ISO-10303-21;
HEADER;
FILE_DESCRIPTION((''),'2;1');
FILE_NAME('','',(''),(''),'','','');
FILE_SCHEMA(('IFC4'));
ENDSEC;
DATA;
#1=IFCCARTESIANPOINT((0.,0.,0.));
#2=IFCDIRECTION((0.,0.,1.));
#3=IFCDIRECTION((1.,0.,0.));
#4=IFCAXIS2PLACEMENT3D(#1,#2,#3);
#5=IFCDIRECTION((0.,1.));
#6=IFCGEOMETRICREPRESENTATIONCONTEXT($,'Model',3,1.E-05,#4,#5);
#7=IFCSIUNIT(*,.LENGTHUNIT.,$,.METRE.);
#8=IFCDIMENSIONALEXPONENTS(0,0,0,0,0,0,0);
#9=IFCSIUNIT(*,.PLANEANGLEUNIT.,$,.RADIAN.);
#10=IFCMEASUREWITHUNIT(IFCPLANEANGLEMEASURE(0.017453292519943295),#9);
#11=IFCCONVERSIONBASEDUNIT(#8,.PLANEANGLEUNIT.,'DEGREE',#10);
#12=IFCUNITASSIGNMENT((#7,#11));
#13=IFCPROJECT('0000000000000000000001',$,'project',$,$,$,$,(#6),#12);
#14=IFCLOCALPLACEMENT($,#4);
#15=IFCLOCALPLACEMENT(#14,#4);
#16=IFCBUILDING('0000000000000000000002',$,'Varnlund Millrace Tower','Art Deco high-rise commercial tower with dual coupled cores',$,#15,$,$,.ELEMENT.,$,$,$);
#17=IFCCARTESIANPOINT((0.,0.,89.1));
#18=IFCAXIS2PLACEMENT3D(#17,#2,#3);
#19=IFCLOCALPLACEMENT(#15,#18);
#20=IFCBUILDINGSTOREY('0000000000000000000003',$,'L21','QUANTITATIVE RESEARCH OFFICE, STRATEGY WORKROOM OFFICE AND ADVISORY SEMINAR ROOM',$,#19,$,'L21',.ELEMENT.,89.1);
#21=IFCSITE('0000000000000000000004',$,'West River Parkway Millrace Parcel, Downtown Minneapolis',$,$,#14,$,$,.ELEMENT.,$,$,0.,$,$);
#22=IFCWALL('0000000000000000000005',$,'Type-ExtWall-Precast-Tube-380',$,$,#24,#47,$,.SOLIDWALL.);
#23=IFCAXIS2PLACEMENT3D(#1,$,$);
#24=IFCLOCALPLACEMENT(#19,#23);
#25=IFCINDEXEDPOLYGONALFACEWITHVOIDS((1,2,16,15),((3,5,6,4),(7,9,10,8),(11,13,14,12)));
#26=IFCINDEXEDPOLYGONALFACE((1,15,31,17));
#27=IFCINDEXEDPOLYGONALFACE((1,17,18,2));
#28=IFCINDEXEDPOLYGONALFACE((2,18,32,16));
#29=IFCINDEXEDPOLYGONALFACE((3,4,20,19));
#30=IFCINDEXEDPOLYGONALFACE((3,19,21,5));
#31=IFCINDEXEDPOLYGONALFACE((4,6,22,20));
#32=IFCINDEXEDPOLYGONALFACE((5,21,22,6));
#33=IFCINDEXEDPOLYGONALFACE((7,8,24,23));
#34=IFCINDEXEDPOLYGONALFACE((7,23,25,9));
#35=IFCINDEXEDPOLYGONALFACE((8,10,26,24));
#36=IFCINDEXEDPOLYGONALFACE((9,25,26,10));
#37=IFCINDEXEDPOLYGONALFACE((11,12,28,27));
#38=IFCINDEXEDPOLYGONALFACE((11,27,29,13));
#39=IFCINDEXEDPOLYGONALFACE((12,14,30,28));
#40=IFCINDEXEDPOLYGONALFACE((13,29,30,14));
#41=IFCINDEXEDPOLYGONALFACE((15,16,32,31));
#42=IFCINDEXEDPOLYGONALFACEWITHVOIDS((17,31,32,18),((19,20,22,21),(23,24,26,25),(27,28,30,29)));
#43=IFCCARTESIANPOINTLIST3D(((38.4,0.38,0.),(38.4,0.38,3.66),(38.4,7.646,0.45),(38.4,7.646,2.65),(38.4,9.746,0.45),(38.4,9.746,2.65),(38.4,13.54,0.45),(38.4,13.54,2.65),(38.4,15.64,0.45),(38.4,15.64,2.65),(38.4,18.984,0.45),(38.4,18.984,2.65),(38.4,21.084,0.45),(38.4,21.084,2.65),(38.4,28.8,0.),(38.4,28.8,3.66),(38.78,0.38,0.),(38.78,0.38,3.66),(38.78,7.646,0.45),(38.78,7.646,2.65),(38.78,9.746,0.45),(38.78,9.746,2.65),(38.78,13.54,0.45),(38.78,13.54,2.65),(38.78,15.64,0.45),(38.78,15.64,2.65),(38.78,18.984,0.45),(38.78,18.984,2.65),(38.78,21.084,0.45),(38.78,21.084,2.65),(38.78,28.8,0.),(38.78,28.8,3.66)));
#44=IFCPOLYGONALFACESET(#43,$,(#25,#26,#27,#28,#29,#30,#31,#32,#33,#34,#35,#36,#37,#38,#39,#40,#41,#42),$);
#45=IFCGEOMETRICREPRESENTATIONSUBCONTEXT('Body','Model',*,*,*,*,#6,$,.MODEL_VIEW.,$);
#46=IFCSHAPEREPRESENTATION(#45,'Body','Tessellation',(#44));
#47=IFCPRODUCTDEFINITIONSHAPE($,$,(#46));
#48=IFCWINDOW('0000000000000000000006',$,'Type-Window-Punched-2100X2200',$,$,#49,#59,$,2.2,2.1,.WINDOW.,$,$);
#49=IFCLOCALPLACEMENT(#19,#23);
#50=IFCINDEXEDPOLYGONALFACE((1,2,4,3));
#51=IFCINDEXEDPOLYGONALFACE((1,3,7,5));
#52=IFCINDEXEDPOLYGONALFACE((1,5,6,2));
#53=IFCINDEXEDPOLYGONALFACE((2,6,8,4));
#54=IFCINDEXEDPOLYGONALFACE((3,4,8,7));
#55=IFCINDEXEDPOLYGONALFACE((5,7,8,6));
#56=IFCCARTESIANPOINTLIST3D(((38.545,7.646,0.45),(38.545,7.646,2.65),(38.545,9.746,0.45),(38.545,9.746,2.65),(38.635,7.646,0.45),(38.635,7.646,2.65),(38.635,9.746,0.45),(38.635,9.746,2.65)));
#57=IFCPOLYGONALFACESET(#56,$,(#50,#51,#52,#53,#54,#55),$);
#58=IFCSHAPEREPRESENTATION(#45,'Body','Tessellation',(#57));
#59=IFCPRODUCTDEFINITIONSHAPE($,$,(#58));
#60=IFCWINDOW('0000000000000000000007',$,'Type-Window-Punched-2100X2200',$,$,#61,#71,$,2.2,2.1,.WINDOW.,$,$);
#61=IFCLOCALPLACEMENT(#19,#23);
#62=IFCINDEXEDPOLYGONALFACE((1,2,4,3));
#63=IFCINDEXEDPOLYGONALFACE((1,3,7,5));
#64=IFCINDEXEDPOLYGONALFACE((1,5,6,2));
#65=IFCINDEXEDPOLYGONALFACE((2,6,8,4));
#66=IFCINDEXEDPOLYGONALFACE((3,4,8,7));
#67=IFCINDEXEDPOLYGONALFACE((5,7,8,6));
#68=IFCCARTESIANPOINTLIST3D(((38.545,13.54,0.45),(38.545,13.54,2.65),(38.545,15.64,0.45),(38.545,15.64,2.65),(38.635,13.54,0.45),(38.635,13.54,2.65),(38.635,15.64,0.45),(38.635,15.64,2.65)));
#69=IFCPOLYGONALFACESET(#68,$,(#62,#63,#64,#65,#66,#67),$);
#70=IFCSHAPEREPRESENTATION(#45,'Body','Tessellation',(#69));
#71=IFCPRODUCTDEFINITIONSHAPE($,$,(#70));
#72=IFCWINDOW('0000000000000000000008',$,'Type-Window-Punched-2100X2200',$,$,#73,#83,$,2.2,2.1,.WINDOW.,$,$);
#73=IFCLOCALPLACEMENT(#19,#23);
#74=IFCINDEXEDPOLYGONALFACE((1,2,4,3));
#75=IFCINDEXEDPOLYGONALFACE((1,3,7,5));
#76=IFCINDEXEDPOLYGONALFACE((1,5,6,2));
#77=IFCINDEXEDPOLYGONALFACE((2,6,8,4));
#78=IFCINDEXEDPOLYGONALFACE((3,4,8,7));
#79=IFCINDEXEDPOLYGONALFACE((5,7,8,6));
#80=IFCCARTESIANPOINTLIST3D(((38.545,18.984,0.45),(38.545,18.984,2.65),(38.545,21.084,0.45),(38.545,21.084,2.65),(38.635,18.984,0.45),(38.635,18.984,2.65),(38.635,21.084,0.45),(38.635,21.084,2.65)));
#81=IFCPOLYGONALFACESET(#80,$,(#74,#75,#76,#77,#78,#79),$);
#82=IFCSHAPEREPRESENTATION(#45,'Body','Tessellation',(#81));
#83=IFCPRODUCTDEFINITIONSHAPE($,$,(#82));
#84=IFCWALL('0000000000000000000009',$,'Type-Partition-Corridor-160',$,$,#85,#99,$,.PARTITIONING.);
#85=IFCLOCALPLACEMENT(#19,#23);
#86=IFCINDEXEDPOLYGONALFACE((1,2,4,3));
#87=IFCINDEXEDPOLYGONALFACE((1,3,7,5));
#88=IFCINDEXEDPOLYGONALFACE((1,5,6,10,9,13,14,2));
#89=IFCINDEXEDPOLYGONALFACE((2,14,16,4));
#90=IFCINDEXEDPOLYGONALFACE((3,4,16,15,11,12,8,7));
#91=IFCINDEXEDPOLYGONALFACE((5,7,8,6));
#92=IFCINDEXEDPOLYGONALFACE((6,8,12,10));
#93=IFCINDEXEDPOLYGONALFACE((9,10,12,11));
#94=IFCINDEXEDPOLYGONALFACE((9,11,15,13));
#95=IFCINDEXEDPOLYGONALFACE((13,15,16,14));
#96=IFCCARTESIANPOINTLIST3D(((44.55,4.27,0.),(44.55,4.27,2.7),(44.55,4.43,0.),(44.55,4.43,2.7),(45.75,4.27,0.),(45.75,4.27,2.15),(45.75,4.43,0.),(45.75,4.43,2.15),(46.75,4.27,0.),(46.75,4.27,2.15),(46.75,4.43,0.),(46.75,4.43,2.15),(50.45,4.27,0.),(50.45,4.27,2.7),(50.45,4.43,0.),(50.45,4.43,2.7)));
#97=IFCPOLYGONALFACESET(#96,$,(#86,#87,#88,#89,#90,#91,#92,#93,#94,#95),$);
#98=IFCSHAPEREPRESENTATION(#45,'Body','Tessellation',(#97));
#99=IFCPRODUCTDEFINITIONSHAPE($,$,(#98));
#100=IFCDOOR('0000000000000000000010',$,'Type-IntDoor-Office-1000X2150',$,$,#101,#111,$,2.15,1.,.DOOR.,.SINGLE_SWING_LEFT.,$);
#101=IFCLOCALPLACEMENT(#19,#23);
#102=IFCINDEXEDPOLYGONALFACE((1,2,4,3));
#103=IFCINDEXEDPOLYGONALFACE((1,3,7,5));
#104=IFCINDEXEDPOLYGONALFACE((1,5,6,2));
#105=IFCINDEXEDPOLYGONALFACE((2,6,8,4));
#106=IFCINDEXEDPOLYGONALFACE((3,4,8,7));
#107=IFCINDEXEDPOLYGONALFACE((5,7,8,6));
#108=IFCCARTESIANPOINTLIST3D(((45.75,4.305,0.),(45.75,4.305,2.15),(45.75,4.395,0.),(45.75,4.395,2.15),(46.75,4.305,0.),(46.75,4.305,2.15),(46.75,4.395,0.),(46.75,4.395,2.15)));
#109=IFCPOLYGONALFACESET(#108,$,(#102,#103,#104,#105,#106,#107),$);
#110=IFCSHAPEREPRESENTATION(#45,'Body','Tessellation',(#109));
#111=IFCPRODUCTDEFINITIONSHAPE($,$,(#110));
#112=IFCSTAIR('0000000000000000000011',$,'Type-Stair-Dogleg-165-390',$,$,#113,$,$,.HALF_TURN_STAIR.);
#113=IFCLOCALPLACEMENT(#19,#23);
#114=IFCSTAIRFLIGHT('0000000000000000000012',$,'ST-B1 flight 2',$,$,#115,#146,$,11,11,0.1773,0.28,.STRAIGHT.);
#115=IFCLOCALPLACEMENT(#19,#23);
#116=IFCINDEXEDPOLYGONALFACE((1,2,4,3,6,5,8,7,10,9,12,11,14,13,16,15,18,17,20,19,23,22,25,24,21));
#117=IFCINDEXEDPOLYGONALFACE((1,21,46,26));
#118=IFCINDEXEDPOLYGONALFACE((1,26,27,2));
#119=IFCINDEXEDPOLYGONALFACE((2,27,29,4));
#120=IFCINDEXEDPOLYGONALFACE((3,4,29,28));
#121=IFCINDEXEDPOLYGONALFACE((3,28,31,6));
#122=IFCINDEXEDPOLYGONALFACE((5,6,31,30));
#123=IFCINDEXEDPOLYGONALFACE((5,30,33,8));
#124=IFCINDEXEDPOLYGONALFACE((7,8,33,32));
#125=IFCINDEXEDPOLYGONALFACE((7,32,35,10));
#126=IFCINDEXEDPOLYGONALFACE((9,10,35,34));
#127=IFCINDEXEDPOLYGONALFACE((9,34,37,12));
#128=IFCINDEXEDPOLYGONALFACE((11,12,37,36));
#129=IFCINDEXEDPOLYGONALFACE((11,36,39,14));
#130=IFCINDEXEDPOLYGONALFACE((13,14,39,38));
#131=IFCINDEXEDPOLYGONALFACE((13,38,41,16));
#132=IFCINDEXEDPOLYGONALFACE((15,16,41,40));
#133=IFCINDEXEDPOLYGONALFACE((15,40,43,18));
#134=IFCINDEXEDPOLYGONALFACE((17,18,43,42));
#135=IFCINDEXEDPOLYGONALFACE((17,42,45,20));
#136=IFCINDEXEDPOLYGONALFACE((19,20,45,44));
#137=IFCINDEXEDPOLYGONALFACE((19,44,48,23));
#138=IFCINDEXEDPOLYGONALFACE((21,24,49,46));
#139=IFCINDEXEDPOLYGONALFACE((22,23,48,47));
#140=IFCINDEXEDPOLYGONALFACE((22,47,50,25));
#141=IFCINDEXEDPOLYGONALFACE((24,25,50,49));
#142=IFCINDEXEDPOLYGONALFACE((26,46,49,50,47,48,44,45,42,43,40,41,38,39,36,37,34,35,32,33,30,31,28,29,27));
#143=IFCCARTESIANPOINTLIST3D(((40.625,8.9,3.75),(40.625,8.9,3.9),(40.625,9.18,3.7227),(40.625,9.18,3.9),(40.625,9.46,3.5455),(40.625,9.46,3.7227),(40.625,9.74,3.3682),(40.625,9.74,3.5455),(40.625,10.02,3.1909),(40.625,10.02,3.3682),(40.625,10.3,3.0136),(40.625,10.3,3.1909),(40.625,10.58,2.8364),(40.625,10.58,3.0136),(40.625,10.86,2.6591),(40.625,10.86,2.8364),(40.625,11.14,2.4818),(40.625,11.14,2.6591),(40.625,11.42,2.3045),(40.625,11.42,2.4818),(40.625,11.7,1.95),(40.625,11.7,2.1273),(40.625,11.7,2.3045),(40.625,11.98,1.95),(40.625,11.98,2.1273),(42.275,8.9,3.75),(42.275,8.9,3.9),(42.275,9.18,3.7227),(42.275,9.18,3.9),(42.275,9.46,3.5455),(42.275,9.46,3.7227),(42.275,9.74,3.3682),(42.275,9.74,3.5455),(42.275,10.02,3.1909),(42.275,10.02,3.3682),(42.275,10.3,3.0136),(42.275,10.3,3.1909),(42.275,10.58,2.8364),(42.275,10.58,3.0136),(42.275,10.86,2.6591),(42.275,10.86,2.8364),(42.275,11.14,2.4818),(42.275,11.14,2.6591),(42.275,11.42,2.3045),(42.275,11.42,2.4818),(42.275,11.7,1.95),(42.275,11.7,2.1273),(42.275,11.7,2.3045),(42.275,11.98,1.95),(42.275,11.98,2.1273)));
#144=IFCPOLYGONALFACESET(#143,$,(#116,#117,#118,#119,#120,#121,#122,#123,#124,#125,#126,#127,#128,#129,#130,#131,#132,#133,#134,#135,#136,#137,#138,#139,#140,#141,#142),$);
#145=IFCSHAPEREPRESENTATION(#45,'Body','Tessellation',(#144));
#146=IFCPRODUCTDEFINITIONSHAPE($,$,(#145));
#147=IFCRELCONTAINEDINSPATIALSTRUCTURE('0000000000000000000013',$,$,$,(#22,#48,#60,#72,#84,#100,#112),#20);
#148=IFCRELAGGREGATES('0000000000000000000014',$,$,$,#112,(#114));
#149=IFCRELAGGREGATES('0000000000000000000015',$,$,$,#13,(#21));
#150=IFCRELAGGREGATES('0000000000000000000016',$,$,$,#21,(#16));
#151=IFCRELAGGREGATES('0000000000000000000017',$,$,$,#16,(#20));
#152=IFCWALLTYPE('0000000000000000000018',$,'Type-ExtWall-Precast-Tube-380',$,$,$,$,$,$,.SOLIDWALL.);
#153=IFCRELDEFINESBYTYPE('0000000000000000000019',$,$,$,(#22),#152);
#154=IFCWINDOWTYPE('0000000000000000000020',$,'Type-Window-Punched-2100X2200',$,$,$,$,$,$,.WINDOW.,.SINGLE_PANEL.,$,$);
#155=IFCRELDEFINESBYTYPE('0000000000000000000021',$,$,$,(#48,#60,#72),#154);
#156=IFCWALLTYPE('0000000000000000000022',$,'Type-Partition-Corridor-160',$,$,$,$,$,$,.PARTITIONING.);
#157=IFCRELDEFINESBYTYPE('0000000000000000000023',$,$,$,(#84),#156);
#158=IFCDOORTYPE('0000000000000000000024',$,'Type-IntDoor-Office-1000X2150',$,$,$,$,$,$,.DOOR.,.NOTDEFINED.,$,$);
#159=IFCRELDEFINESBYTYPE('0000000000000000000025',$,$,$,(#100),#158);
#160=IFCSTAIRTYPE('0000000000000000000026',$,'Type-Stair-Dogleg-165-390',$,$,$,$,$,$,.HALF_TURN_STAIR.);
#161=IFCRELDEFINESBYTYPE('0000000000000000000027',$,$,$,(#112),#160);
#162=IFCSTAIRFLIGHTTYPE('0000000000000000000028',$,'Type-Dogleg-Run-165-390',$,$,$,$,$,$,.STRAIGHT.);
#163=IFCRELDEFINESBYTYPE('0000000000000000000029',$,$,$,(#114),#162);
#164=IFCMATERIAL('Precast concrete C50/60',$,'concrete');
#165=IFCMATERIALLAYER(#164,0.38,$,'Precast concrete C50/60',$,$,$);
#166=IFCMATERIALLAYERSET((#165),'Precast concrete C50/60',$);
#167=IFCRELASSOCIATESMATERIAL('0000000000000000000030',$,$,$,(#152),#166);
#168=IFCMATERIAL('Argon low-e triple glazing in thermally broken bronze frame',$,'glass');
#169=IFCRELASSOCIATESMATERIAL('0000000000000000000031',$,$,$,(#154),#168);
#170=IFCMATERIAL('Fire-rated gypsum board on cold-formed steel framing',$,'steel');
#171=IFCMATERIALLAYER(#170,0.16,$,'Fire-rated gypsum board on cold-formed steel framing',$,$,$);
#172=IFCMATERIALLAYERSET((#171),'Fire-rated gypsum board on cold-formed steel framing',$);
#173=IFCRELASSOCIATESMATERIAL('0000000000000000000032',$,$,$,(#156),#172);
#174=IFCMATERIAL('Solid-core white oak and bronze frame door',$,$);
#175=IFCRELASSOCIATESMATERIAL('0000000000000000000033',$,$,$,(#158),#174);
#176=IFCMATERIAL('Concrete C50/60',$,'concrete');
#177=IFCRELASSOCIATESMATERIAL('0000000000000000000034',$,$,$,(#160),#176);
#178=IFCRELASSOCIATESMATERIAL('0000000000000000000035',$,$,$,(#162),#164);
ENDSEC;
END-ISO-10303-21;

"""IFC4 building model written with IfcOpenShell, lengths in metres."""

from ifc_helpers import new_model, entity, si_unit, converted_unit, direction, frame, origin_with_axes, origin_2d_with_axis, place, context, subcontext, project, spatial, polyline, rectangle, outline, extrude, material, layer, layer_set, type_object, element, fill, aggregate, save


model = new_model("IFC4")

# Units and contexts
model_context = context("Model", 3, precision=1e-05, world=origin_with_axes(), true_north=direction((0.0, 1.0)))
body_context = subcontext(model_context, "Body", "Model", "MODEL_VIEW")
ifc_project = project(units=[si_unit("LENGTHUNIT", "METRE"), converted_unit("PLANEANGLEUNIT", "DEGREE", entity("IfcPlaneAngleMeasure", 0.017453292519943295), si_unit("PLANEANGLEUNIT", "RADIAN"), dimensions=[0, 0, 0, 0, 0, 0, 0])], contexts=[model_context])

# Site, building, storey
site_placement = place(None, origin_with_axes())
site = spatial("IfcSite", under=ifc_project, at=site_placement, Name="West River Parkway Millrace Parcel, Downtown Minneapolis", CompositionType="ELEMENT", RefElevation=0.0)
building_placement = place(site_placement, origin_with_axes())
building = spatial("IfcBuilding", under=site, at=building_placement, Name="Varnlund Millrace Tower", Description="Art Deco high-rise commercial tower with dual coupled cores", CompositionType="ELEMENT")
storey_placement = place(building_placement, frame((0.0, 0.0, 89.1), z_axis=(0.0, 0.0, 1.0), x_axis=(1.0, 0.0, 0.0)))
storey = spatial("IfcBuildingStorey", under=building, at=storey_placement, Name="L21", Description="QUANTITATIVE RESEARCH OFFICE, STRATEGY WORKROOM OFFICE AND ADVISORY SEMINAR ROOM", LongName="L21", CompositionType="ELEMENT", Elevation=89.1)

# Wall, openings, windows
ifc_material_1 = material(Name="Precast concrete C50/60", Category="concrete")
ifc_layer_1 = layer(ifc_material_1, 0.38, Name="Precast concrete C50/60")
ifc_layer_set_1 = layer_set([ifc_layer_1], Name="Precast concrete C50/60")
wall_type_1 = type_object("IfcWallType", Name="Type-ExtWall-Precast-Tube-380", PredefinedType="SOLIDWALL", material=ifc_layer_set_1)
ifc_material_2 = material(Name="Argon low-e triple glazing in thermally broken bronze frame", Category="glass")
window_type = type_object("IfcWindowType", Name="Type-Window-Punched-2100X2200", PartitioningType="SINGLE_PANEL", PredefinedType="WINDOW", material=ifc_material_2)
wall_1_placement = place(storey_placement, frame((38.59, 0.38, 0.0), z_axis=(0.0, 0.0, 1.0), x_axis=(0.0, 1.0, 0.0)))
wall_1 = element("IfcWall", 1, at=wall_1_placement, inside=storey, type_object=wall_type_1, Name="Type-ExtWall-Precast-Tube-380", PredefinedType="SOLIDWALL", context=body_context, shape_type="SweptSolid", body=[
    extrude(outline(polyline([(0.0, -0.19), (28.42, -0.19), (28.42, 0.19), (0.0, 0.19), (0.0, -0.19)])), origin_with_axes(), (0.0, 0.0, 1.0), 3.66),
])
opening_1_placement = place(wall_1_placement, frame((8.316, 0.0, 0.45), z_axis=(0.0, 0.0, 1.0), x_axis=(1.0, 0.0, 0.0)))
opening_1 = element("IfcOpeningElement", 2, at=opening_1_placement, cuts=wall_1, PredefinedType="OPENING", context=body_context, shape_type="SweptSolid", body=[
    extrude(rectangle(XDim=2.1, YDim=0.4, at=origin_2d_with_axis()), origin_with_axes(), (0.0, 0.0, 1.0), 2.2),
])
opening_2_placement = place(wall_1_placement, frame((14.21, 0.0, 0.45), z_axis=(0.0, 0.0, 1.0), x_axis=(1.0, 0.0, 0.0)))
opening_2 = element("IfcOpeningElement", 3, at=opening_2_placement, cuts=wall_1, PredefinedType="OPENING", context=body_context, shape_type="SweptSolid", body=[
    extrude(rectangle(XDim=2.1, YDim=0.4, at=origin_2d_with_axis()), origin_with_axes(), (0.0, 0.0, 1.0), 2.2),
])
opening_3_placement = place(wall_1_placement, frame((19.654, 0.0, 0.45), z_axis=(0.0, 0.0, 1.0), x_axis=(1.0, 0.0, 0.0)))
opening_3 = element("IfcOpeningElement", 4, at=opening_3_placement, cuts=wall_1, PredefinedType="OPENING", context=body_context, shape_type="SweptSolid", body=[
    extrude(rectangle(XDim=2.1, YDim=0.4, at=origin_2d_with_axis()), origin_with_axes(), (0.0, 0.0, 1.0), 2.2),
])
window_1_placement = place(wall_1_placement, frame((8.316, 0.0, 0.45), z_axis=(0.0, 0.0, 1.0), x_axis=(1.0, 0.0, 0.0)))
window_1 = element("IfcWindow", 5, at=window_1_placement, inside=storey, type_object=window_type, Name="Type-Window-Punched-2100X2200", OverallHeight=2.2, OverallWidth=2.1, PredefinedType="WINDOW", context=body_context, shape_type="SweptSolid", body=[
    extrude(rectangle(XDim=2.1, YDim=0.09, at=origin_2d_with_axis()), origin_with_axes(), (0.0, 0.0, 1.0), 2.2),
])
fill(opening_1, window_1)
window_2_placement = place(wall_1_placement, frame((14.21, 0.0, 0.45), z_axis=(0.0, 0.0, 1.0), x_axis=(1.0, 0.0, 0.0)))
window_2 = element("IfcWindow", 6, at=window_2_placement, inside=storey, type_object=window_type, Name="Type-Window-Punched-2100X2200", OverallHeight=2.2, OverallWidth=2.1, PredefinedType="WINDOW", context=body_context, shape_type="SweptSolid", body=[
    extrude(rectangle(XDim=2.1, YDim=0.09, at=origin_2d_with_axis()), origin_with_axes(), (0.0, 0.0, 1.0), 2.2),
])
fill(opening_2, window_2)
window_3_placement = place(wall_1_placement, frame((19.654, 0.0, 0.45), z_axis=(0.0, 0.0, 1.0), x_axis=(1.0, 0.0, 0.0)))
window_3 = element("IfcWindow", 7, at=window_3_placement, inside=storey, type_object=window_type, Name="Type-Window-Punched-2100X2200", OverallHeight=2.2, OverallWidth=2.1, PredefinedType="WINDOW", context=body_context, shape_type="SweptSolid", body=[
    extrude(rectangle(XDim=2.1, YDim=0.09, at=origin_2d_with_axis()), origin_with_axes(), (0.0, 0.0, 1.0), 2.2),
])
fill(opening_3, window_3)

# Wall, opening, door
ifc_material_3 = material(Name="Fire-rated gypsum board on cold-formed steel framing", Category="steel")
ifc_layer_2 = layer(ifc_material_3, 0.16, Name="Fire-rated gypsum board on cold-formed steel framing")
ifc_layer_set_2 = layer_set([ifc_layer_2], Name="Fire-rated gypsum board on cold-formed steel framing")
wall_type_2 = type_object("IfcWallType", Name="Type-Partition-Corridor-160", PredefinedType="PARTITIONING", material=ifc_layer_set_2)
wall_2_placement = place(storey_placement, frame((44.55, 4.35, 0.0), z_axis=(0.0, 0.0, 1.0), x_axis=(1.0, 0.0, 0.0)))
wall_2 = element("IfcWall", 8, at=wall_2_placement, inside=storey, type_object=wall_type_2, Name="Type-Partition-Corridor-160", PredefinedType="PARTITIONING", context=body_context, shape_type="SweptSolid", body=[
    extrude(outline(polyline([(0.0, -0.08), (5.9, -0.08), (5.9, 0.08), (0.0, 0.08), (0.0, -0.08)])), origin_with_axes(), (0.0, 0.0, 1.0), 2.7),
])
opening_4_placement = place(wall_2_placement, frame((1.7, 0.0, 0.0), z_axis=(0.0, 0.0, 1.0), x_axis=(1.0, 0.0, 0.0)))
opening_4 = element("IfcOpeningElement", 9, at=opening_4_placement, cuts=wall_2, PredefinedType="OPENING", context=body_context, shape_type="SweptSolid", body=[
    extrude(rectangle(XDim=1.0, YDim=0.18, at=origin_2d_with_axis()), origin_with_axes(), (0.0, 0.0, 1.0), 2.15),
])
ifc_material_4 = material(Name="Solid-core white oak and bronze frame door")
door_type = type_object("IfcDoorType", Name="Type-IntDoor-Office-1000X2150", OperationType="NOTDEFINED", PredefinedType="DOOR", material=ifc_material_4)
door_placement = place(wall_2_placement, frame((1.7, 0.0, 0.0), z_axis=(0.0, 0.0, 1.0), x_axis=(1.0, 0.0, 0.0)))
door = element("IfcDoor", 10, at=door_placement, inside=storey, type_object=door_type, Name="Type-IntDoor-Office-1000X2150", OperationType="SINGLE_SWING_LEFT", OverallHeight=2.15, OverallWidth=1.0, PredefinedType="DOOR", context=body_context, shape_type="SweptSolid", body=[
    extrude(rectangle(XDim=1.0, YDim=0.09, at=origin_2d_with_axis()), origin_with_axes(), (0.0, 0.0, 1.0), 2.15),
])
fill(opening_4, door)

# Stair, stair flight
ifc_material_5 = material(Name="Concrete C50/60", Category="concrete")
stair_type = type_object("IfcStairType", Name="Type-Stair-Dogleg-165-390", PredefinedType="HALF_TURN_STAIR", material=ifc_material_5)
stair_placement = place(storey_placement, origin_with_axes())
stair = element("IfcStair", 11, at=stair_placement, inside=storey, type_object=stair_type, Name="Type-Stair-Dogleg-165-390", PredefinedType="HALF_TURN_STAIR")
stair_flight_type = type_object("IfcStairFlightType", Name="Type-Dogleg-Run-165-390", PredefinedType="STRAIGHT", material=ifc_material_1)
stair_flight_placement = place(storey_placement, frame((42.275, 11.98, 1.95), z_axis=(-1.0, 0.0, 0.0), x_axis=(0.0, -1.0, 0.0)))
stair_flight = element("IfcStairFlight", 12, at=stair_flight_placement, type_object=stair_flight_type, Name="ST-B1 flight 2", NumberOfRisers=11, NumberOfTreads=11, PredefinedType="STRAIGHT", RiserHeight=0.1773, TreadLength=0.28, context=body_context, shape_type="SweptSolid", body=[
    extrude(outline(polyline([(0.0, 0.0), (0.0, 0.1773), (0.28, 0.1773), (0.28, 0.3545), (0.56, 0.3545), (0.56, 0.5318), (0.84, 0.5318), (0.84, 0.7091), (1.12, 0.7091), (1.12, 0.8864), (1.4, 0.8864), (1.4, 1.0636), (1.68, 1.0636), (1.68, 1.2409), (1.96, 1.2409), (1.96, 1.4182), (2.24, 1.4182), (2.24, 1.5955), (2.52, 1.5955), (2.52, 1.7727), (2.8, 1.7727), (2.8, 1.95), (3.08, 1.95), (3.08, 1.8), (0.28, 0.0), (0.0, 0.0)])), origin_with_axes(), (0.0, 0.0, 1.0), 1.65),
])
aggregate(stair, [stair_flight])

save(model, "model.ifc")
